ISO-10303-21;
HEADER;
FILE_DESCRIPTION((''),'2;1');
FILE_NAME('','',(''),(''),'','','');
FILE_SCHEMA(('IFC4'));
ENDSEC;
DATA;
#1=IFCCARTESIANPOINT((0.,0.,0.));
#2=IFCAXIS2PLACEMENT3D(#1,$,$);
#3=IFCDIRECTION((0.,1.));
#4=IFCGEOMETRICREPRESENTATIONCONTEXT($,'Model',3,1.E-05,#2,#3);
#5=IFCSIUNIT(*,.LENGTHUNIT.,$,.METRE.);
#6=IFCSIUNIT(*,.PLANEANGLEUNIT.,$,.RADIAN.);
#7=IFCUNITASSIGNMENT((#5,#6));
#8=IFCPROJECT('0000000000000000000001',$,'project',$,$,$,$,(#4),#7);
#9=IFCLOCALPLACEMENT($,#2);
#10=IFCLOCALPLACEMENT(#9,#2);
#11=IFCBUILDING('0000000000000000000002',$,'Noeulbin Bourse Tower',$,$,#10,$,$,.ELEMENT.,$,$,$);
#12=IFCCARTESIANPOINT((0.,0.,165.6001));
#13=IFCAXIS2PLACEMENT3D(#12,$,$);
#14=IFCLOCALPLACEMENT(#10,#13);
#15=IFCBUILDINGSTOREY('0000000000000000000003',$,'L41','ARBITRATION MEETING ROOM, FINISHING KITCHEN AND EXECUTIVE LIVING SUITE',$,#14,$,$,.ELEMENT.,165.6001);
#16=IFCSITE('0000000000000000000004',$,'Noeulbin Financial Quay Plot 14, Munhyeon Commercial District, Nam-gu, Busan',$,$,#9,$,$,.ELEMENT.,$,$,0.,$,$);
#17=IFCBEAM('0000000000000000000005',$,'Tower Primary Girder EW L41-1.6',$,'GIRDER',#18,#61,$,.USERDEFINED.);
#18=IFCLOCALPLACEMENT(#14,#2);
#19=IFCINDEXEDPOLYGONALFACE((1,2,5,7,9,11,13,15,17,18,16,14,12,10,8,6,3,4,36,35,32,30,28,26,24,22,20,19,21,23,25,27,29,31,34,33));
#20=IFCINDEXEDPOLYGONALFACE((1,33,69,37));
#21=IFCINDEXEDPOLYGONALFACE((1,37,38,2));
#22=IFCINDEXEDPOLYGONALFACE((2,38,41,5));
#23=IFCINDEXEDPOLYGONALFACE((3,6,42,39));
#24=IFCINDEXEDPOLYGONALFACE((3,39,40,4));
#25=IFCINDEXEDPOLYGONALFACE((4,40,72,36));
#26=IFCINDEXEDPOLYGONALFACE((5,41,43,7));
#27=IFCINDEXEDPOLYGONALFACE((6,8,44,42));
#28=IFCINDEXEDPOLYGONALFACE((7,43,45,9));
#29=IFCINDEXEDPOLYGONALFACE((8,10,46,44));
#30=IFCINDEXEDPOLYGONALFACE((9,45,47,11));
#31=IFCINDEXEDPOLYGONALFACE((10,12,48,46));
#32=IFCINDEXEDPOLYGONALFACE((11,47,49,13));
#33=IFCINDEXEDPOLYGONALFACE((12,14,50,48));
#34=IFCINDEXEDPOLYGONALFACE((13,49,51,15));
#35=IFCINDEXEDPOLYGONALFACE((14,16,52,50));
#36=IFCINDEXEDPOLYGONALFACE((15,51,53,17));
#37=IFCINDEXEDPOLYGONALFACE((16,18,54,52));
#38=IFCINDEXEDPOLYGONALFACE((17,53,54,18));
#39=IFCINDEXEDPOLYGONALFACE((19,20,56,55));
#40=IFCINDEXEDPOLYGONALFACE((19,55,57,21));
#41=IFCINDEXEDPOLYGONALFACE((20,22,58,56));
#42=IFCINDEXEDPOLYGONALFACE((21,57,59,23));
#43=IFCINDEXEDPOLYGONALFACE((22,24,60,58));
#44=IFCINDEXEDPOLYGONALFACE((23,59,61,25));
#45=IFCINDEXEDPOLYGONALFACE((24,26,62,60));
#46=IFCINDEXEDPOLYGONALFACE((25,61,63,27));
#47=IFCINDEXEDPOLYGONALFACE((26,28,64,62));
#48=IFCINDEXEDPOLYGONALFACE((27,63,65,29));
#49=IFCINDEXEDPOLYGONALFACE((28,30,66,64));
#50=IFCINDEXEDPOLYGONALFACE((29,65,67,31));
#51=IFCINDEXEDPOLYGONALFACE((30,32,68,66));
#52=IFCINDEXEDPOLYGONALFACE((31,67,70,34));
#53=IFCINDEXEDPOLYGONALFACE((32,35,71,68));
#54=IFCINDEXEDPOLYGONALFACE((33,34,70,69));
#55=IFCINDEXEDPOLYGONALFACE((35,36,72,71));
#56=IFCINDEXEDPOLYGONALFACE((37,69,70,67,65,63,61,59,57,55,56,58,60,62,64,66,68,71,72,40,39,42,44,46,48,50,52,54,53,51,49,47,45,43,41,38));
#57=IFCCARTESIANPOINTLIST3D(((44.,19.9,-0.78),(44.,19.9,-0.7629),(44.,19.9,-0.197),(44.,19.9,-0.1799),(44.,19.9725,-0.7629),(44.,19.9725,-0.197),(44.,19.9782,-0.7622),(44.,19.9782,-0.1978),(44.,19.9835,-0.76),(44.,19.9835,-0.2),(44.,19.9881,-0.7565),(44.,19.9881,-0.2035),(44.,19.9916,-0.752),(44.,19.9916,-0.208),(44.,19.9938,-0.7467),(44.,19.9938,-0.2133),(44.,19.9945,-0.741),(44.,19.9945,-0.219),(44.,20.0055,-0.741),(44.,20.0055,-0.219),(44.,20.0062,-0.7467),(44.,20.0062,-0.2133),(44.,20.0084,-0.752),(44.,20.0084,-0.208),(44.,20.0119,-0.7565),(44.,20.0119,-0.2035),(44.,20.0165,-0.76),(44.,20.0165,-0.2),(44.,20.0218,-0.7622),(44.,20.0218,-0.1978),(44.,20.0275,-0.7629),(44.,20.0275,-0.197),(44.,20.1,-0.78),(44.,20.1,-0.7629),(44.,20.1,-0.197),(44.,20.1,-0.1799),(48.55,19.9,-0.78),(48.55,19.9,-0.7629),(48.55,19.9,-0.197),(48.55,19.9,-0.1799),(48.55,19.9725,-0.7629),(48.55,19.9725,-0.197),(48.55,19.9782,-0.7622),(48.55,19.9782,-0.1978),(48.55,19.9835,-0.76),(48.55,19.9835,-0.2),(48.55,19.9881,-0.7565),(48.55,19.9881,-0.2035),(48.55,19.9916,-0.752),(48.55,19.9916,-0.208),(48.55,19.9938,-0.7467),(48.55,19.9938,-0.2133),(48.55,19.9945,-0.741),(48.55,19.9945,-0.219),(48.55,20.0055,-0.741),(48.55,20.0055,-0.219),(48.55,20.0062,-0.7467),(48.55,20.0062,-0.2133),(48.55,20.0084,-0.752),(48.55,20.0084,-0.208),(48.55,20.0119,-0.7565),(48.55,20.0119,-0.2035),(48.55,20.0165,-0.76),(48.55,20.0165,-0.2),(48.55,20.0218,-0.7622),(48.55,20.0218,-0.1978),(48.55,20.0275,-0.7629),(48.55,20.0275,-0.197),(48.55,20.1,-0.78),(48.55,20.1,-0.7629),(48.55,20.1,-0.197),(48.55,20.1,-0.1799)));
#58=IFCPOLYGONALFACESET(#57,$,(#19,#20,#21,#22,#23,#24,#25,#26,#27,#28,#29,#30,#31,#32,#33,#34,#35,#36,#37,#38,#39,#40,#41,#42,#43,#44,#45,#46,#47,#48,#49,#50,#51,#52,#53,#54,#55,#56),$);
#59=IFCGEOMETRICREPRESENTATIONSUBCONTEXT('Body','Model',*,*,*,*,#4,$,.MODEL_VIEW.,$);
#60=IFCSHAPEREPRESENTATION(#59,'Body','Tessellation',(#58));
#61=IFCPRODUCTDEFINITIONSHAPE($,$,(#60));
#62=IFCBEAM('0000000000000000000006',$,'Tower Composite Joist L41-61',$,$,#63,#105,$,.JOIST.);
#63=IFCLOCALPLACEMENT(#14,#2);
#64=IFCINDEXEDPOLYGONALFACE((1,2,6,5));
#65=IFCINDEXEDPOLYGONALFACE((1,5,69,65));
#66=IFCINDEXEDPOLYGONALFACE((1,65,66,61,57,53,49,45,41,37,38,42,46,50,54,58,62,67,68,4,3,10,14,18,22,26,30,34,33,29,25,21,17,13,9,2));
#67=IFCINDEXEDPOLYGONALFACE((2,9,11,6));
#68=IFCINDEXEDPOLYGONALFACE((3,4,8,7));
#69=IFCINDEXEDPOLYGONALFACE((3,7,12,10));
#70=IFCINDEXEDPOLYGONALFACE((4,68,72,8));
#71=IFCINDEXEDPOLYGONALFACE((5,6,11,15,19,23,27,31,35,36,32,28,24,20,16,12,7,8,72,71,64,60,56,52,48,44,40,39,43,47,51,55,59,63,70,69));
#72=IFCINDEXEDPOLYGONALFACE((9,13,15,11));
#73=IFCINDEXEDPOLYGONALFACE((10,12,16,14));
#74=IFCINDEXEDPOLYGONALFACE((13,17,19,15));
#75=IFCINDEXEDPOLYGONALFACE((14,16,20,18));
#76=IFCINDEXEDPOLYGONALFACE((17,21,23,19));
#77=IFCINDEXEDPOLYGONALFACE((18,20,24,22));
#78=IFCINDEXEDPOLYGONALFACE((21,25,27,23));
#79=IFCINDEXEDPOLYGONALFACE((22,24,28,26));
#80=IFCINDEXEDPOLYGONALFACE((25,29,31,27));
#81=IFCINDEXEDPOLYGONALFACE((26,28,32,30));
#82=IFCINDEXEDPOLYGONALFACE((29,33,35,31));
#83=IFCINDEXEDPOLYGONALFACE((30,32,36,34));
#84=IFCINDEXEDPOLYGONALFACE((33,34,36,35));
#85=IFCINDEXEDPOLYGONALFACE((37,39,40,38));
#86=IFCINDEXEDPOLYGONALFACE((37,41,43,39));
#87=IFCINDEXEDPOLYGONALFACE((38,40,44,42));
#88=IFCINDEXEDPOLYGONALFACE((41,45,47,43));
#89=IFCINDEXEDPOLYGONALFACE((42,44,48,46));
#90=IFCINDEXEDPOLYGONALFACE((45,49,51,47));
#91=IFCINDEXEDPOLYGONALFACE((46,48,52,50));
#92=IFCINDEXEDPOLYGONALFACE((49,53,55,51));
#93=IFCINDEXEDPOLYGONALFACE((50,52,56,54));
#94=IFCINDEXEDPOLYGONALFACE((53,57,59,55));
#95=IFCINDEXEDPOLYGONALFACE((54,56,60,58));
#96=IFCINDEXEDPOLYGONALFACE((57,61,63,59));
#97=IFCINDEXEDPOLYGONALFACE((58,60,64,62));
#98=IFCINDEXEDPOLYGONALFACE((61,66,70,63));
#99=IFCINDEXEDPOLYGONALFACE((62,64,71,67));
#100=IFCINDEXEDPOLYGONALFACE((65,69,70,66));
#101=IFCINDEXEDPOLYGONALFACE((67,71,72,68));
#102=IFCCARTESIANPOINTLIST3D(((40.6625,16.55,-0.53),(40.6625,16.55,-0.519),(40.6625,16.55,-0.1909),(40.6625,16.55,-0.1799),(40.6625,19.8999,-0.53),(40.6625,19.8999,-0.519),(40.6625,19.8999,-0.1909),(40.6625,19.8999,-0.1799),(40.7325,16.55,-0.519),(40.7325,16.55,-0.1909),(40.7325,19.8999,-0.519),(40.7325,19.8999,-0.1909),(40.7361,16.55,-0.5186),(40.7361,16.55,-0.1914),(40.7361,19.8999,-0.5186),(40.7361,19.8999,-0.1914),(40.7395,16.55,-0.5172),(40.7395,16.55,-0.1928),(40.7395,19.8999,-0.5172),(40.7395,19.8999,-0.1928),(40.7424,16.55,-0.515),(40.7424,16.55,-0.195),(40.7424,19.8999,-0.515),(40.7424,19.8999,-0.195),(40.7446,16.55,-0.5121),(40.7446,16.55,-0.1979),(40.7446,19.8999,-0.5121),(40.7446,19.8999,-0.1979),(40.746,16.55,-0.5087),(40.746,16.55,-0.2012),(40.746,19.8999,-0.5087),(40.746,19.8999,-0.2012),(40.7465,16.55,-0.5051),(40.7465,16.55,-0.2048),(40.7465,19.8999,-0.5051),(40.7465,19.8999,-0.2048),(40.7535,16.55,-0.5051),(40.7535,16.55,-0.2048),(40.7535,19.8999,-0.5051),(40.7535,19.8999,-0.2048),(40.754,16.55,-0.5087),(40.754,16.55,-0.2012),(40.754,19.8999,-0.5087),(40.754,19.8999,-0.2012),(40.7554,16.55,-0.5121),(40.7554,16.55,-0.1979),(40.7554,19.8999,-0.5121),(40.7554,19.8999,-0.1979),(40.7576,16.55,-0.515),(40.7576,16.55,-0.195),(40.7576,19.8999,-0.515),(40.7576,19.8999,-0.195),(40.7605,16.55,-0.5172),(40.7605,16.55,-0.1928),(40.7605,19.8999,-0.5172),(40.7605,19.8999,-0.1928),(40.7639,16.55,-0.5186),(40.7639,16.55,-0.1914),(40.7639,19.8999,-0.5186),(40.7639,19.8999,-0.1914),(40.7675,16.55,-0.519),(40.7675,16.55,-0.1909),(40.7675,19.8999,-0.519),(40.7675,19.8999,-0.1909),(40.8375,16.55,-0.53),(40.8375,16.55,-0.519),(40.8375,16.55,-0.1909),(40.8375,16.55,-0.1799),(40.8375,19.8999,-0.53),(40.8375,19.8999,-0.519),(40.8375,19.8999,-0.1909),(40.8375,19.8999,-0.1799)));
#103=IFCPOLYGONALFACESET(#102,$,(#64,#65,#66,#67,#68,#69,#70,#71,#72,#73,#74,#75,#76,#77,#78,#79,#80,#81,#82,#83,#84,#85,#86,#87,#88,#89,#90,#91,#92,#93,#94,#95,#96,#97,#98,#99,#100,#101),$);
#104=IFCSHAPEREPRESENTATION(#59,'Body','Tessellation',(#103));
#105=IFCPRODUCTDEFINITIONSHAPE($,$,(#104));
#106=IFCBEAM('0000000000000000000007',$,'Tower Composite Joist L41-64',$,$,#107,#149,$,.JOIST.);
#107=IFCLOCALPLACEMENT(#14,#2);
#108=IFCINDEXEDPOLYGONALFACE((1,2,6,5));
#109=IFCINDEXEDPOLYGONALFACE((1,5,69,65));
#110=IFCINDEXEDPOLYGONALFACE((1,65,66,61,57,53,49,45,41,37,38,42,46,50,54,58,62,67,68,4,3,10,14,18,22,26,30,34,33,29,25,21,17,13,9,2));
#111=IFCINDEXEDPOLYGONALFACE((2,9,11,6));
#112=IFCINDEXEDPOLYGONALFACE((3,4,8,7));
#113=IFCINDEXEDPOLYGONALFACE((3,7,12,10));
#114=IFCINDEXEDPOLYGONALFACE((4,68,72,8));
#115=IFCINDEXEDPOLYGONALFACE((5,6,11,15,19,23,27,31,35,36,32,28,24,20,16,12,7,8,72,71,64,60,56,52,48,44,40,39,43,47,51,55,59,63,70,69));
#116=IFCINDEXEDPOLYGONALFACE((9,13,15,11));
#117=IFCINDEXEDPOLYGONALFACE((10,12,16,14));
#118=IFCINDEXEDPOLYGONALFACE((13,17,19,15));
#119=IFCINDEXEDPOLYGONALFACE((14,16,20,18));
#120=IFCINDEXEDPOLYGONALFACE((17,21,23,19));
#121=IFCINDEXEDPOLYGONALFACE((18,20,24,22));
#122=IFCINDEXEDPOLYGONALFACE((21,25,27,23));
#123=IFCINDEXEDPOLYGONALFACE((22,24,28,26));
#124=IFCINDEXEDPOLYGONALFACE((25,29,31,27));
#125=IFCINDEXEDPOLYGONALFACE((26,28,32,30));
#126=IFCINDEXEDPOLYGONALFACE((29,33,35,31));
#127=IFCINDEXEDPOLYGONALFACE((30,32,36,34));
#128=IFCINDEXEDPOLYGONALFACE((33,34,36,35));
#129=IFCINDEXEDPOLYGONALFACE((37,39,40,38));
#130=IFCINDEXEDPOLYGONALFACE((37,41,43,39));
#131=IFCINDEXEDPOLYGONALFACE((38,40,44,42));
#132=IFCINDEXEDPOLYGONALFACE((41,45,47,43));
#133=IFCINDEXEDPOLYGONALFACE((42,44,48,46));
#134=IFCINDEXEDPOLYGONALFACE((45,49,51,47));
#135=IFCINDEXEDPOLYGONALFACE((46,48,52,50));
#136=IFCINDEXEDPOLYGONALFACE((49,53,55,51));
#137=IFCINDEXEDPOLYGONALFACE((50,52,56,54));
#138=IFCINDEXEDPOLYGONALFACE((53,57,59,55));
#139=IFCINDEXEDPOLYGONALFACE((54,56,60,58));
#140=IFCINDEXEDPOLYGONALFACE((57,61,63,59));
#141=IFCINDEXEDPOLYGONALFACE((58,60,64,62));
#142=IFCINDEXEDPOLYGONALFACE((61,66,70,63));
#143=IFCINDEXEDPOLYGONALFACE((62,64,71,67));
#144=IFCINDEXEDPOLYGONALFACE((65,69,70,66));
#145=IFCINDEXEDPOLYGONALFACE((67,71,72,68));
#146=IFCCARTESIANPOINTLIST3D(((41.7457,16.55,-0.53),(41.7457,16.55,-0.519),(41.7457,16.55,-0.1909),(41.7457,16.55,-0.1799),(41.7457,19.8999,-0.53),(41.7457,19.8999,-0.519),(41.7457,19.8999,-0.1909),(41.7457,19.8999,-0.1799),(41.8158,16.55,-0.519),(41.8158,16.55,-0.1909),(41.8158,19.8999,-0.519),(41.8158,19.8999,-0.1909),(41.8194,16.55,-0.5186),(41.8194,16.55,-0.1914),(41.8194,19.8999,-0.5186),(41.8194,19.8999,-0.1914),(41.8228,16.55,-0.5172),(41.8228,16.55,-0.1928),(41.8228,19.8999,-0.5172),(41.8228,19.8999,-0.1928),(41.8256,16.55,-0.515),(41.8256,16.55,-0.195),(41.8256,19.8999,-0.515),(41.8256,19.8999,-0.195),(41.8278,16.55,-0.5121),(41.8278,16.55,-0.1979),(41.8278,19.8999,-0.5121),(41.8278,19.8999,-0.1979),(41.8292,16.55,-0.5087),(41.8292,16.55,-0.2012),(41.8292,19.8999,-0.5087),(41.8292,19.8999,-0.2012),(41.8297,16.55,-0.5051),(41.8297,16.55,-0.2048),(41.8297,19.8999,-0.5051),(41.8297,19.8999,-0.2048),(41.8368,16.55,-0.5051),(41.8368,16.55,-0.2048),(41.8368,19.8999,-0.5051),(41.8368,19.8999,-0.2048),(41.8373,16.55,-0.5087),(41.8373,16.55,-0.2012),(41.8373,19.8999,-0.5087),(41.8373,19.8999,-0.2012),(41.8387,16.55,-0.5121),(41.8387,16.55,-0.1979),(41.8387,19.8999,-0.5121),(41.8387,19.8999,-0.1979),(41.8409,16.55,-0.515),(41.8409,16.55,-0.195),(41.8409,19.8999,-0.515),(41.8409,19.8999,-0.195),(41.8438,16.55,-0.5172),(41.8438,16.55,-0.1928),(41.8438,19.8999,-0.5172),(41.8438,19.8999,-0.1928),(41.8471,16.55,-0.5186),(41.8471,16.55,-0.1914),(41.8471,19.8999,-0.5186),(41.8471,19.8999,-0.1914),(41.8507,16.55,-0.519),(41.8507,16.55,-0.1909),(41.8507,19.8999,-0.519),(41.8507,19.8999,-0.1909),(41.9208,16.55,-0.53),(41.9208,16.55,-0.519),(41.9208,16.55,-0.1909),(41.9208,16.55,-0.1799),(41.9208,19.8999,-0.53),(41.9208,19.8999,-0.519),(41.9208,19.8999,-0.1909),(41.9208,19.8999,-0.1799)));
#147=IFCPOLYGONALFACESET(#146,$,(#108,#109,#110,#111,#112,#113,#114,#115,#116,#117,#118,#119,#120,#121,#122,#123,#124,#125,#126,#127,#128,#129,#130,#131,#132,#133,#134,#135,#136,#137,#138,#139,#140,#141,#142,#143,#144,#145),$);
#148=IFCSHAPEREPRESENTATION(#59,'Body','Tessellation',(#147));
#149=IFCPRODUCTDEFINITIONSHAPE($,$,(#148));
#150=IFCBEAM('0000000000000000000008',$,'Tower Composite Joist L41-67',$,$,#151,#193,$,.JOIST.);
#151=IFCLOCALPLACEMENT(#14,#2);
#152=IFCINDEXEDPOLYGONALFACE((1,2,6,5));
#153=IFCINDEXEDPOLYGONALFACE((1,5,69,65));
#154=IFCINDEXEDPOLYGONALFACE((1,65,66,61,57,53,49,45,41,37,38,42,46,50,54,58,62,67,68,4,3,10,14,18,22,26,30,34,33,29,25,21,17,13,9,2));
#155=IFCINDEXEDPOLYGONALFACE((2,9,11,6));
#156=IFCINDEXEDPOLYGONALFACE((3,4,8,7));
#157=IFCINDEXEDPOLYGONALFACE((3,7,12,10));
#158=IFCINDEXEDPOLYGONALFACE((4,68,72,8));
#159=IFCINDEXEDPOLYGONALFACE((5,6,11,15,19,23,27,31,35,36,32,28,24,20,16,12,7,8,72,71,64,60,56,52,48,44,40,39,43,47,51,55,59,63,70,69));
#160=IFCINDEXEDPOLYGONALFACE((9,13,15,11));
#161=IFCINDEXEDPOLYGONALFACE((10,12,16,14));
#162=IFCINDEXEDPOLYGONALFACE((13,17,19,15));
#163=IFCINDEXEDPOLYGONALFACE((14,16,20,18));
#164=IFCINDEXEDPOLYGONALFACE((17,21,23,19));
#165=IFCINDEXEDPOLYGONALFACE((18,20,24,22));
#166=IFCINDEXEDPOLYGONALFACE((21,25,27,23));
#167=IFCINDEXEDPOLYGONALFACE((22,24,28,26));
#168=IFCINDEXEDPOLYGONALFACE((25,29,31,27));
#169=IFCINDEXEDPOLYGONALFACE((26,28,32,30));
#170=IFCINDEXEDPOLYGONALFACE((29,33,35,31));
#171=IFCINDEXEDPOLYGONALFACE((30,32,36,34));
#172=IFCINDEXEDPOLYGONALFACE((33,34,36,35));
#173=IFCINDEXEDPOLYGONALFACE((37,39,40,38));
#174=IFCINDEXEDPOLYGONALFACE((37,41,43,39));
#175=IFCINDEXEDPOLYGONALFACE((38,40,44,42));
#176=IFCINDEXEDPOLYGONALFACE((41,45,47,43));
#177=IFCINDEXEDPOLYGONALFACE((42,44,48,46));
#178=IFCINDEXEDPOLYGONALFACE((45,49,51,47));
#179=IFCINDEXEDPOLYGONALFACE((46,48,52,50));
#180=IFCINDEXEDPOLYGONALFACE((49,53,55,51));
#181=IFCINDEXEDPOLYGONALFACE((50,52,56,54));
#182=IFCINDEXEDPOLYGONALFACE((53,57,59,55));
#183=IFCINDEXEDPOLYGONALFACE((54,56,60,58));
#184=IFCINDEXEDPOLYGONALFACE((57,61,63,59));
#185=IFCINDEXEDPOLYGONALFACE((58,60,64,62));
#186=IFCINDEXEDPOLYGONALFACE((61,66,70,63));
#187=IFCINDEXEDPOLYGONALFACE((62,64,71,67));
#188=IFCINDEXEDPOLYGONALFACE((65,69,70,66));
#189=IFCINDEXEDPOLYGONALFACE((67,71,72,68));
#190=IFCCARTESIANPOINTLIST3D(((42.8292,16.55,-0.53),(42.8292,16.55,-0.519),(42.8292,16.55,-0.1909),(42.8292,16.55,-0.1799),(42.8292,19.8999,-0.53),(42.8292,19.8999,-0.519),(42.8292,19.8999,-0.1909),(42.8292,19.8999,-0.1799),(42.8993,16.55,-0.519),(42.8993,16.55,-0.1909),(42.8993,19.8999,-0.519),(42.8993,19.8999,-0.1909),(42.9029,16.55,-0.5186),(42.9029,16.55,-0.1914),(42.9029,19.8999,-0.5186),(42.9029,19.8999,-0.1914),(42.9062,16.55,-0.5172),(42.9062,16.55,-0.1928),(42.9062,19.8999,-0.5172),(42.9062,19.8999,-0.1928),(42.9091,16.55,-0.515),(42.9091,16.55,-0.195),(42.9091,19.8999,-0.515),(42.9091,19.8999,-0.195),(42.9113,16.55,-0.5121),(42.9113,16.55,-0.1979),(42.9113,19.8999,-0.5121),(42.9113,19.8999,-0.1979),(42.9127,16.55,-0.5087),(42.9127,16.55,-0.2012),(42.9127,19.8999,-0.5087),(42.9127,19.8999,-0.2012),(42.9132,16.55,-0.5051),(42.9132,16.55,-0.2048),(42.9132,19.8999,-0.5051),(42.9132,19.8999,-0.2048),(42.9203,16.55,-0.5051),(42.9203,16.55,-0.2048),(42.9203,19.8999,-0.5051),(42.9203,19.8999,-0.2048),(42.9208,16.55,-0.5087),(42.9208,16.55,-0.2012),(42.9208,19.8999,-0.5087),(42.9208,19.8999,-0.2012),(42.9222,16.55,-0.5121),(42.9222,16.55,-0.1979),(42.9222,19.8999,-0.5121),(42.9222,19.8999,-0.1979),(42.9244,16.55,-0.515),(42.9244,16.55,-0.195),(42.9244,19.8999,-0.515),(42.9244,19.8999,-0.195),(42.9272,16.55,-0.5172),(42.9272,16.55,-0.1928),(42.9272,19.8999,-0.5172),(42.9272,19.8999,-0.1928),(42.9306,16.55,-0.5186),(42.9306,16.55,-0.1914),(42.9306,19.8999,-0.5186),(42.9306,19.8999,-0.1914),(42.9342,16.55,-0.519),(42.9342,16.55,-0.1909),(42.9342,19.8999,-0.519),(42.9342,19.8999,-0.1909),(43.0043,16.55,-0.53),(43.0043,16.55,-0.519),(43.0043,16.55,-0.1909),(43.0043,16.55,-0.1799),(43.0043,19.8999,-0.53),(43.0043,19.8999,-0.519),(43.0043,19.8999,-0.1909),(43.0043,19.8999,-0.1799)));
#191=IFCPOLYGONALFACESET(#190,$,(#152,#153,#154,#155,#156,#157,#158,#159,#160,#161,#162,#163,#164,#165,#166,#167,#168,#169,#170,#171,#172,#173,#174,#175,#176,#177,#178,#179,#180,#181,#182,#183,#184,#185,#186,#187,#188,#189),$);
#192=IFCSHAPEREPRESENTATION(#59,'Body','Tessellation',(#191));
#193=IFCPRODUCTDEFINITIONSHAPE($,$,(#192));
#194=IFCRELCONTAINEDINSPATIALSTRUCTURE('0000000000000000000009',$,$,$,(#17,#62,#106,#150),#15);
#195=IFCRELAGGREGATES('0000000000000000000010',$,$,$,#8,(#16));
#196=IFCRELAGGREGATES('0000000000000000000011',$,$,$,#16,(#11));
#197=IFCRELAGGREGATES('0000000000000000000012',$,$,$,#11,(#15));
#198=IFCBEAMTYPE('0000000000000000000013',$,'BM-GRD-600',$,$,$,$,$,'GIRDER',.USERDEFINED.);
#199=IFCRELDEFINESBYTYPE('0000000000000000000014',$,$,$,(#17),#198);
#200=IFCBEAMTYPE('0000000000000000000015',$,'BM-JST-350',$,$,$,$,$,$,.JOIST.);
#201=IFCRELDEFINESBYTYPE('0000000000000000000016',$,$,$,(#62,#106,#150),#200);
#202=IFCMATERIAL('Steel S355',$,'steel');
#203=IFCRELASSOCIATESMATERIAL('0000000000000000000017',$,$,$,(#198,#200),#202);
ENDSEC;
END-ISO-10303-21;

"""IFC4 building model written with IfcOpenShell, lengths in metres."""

from ifc_helpers import new_model, si_unit, direction, frame, origin, origin_2d, place, context, subcontext, project, spatial, i_section, extrude, material, material_profile, profile_set, type_object, element, save


model = new_model("IFC4")

# Units and contexts
model_context = context("Model", 3, precision=1e-05, world=origin(), true_north=direction((0.0, 1.0)))
body_context = subcontext(model_context, "Body", "Model", "MODEL_VIEW")
ifc_project = project(units=[si_unit("LENGTHUNIT", "METRE"), si_unit("PLANEANGLEUNIT", "RADIAN")], contexts=[model_context])

# Site, building, storey
site_placement = place(None, origin())
site = spatial("IfcSite", under=ifc_project, at=site_placement, Name="Noeulbin Financial Quay Plot 14, Munhyeon Commercial District, Nam-gu, Busan", CompositionType="ELEMENT", RefElevation=0.0)
building_placement = place(site_placement, origin())
building = spatial("IfcBuilding", under=site, at=building_placement, Name="Noeulbin Bourse Tower", CompositionType="ELEMENT")
storey_placement = place(building_placement, frame((0.0, 0.0, 165.6001)))
storey = spatial("IfcBuildingStorey", under=building, at=storey_placement, Name="L41", Description="ARBITRATION MEETING ROOM, FINISHING KITCHEN AND EXECUTIVE LIVING SUITE", CompositionType="ELEMENT", Elevation=165.6001)

# Shared definitions
ifc_material_1 = material(Name="Steel S355", Category="steel")

# Beams
ifc_material_profile_1 = material_profile(ifc_material_1, i_section(OverallWidth=0.2, OverallDepth=0.6001, WebThickness=0.011, FlangeThickness=0.0171, FilletRadius=0.022, at=origin_2d()), Name="H-600x200x11x17", Category="LoadBearing")
ifc_profile_set_1 = profile_set([ifc_material_profile_1], Name="Steel S355")
beam_type_1 = type_object("IfcBeamType", Name="BM-GRD-600", ElementType="GIRDER", PredefinedType="USERDEFINED", material=ifc_profile_set_1)
beam_1_placement = place(storey_placement, frame((44.0, 20.0, -0.48), z_axis=(1.0, 0.0, 0.0), x_axis=(0.0, 1.0, 0.0)))
element("IfcBeam", 1, at=beam_1_placement, inside=storey, type_object=beam_type_1, Name="Tower Primary Girder EW L41-1.6", ObjectType="GIRDER", PredefinedType="USERDEFINED", context=body_context, shape_type="SweptSolid", body=[
    extrude(i_section(OverallWidth=0.2, OverallDepth=0.6001, WebThickness=0.011, FlangeThickness=0.0171, FilletRadius=0.022, at=origin_2d()), origin(), (0.0, 0.0, 1.0), 4.55),
])
ifc_material_profile_2 = material_profile(ifc_material_1, i_section(OverallWidth=0.175, OverallDepth=0.3501, WebThickness=0.0071, FlangeThickness=0.011, FilletRadius=0.0139, at=origin_2d()), Name="H-350x175x7x11", Category="LoadBearing")
ifc_profile_set_2 = profile_set([ifc_material_profile_2], Name="Steel S355")
beam_type_2 = type_object("IfcBeamType", Name="BM-JST-350", PredefinedType="JOIST", material=ifc_profile_set_2)
for number, where, z_axis, x_axis, name in (
    (2, (40.75, 16.55, -0.355), (0.0, 1.0, 0.0), (-1.0, 0.0, 0.0), "Tower Composite Joist L41-61"),
    (3, (41.8333, 16.55, -0.355), (0.0, 1.0, 0.0), (-1.0, 0.0, 0.0), "Tower Composite Joist L41-64"),
    (4, (42.9167, 16.55, -0.355), (0.0, 1.0, 0.0), (-1.0, 0.0, 0.0), "Tower Composite Joist L41-67"),
):
    element("IfcBeam", number, at=place(storey_placement, frame(where, z_axis=z_axis, x_axis=x_axis)), inside=storey, type_object=beam_type_2, Name=name, PredefinedType="JOIST", context=body_context, shape_type="SweptSolid", body=[
        extrude(i_section(OverallWidth=0.175, OverallDepth=0.3501, WebThickness=0.0071, FlangeThickness=0.011, FilletRadius=0.0139, at=origin_2d()), origin(), (0.0, 0.0, 1.0), 3.3499),
    ])

save(model, "model.ifc")
